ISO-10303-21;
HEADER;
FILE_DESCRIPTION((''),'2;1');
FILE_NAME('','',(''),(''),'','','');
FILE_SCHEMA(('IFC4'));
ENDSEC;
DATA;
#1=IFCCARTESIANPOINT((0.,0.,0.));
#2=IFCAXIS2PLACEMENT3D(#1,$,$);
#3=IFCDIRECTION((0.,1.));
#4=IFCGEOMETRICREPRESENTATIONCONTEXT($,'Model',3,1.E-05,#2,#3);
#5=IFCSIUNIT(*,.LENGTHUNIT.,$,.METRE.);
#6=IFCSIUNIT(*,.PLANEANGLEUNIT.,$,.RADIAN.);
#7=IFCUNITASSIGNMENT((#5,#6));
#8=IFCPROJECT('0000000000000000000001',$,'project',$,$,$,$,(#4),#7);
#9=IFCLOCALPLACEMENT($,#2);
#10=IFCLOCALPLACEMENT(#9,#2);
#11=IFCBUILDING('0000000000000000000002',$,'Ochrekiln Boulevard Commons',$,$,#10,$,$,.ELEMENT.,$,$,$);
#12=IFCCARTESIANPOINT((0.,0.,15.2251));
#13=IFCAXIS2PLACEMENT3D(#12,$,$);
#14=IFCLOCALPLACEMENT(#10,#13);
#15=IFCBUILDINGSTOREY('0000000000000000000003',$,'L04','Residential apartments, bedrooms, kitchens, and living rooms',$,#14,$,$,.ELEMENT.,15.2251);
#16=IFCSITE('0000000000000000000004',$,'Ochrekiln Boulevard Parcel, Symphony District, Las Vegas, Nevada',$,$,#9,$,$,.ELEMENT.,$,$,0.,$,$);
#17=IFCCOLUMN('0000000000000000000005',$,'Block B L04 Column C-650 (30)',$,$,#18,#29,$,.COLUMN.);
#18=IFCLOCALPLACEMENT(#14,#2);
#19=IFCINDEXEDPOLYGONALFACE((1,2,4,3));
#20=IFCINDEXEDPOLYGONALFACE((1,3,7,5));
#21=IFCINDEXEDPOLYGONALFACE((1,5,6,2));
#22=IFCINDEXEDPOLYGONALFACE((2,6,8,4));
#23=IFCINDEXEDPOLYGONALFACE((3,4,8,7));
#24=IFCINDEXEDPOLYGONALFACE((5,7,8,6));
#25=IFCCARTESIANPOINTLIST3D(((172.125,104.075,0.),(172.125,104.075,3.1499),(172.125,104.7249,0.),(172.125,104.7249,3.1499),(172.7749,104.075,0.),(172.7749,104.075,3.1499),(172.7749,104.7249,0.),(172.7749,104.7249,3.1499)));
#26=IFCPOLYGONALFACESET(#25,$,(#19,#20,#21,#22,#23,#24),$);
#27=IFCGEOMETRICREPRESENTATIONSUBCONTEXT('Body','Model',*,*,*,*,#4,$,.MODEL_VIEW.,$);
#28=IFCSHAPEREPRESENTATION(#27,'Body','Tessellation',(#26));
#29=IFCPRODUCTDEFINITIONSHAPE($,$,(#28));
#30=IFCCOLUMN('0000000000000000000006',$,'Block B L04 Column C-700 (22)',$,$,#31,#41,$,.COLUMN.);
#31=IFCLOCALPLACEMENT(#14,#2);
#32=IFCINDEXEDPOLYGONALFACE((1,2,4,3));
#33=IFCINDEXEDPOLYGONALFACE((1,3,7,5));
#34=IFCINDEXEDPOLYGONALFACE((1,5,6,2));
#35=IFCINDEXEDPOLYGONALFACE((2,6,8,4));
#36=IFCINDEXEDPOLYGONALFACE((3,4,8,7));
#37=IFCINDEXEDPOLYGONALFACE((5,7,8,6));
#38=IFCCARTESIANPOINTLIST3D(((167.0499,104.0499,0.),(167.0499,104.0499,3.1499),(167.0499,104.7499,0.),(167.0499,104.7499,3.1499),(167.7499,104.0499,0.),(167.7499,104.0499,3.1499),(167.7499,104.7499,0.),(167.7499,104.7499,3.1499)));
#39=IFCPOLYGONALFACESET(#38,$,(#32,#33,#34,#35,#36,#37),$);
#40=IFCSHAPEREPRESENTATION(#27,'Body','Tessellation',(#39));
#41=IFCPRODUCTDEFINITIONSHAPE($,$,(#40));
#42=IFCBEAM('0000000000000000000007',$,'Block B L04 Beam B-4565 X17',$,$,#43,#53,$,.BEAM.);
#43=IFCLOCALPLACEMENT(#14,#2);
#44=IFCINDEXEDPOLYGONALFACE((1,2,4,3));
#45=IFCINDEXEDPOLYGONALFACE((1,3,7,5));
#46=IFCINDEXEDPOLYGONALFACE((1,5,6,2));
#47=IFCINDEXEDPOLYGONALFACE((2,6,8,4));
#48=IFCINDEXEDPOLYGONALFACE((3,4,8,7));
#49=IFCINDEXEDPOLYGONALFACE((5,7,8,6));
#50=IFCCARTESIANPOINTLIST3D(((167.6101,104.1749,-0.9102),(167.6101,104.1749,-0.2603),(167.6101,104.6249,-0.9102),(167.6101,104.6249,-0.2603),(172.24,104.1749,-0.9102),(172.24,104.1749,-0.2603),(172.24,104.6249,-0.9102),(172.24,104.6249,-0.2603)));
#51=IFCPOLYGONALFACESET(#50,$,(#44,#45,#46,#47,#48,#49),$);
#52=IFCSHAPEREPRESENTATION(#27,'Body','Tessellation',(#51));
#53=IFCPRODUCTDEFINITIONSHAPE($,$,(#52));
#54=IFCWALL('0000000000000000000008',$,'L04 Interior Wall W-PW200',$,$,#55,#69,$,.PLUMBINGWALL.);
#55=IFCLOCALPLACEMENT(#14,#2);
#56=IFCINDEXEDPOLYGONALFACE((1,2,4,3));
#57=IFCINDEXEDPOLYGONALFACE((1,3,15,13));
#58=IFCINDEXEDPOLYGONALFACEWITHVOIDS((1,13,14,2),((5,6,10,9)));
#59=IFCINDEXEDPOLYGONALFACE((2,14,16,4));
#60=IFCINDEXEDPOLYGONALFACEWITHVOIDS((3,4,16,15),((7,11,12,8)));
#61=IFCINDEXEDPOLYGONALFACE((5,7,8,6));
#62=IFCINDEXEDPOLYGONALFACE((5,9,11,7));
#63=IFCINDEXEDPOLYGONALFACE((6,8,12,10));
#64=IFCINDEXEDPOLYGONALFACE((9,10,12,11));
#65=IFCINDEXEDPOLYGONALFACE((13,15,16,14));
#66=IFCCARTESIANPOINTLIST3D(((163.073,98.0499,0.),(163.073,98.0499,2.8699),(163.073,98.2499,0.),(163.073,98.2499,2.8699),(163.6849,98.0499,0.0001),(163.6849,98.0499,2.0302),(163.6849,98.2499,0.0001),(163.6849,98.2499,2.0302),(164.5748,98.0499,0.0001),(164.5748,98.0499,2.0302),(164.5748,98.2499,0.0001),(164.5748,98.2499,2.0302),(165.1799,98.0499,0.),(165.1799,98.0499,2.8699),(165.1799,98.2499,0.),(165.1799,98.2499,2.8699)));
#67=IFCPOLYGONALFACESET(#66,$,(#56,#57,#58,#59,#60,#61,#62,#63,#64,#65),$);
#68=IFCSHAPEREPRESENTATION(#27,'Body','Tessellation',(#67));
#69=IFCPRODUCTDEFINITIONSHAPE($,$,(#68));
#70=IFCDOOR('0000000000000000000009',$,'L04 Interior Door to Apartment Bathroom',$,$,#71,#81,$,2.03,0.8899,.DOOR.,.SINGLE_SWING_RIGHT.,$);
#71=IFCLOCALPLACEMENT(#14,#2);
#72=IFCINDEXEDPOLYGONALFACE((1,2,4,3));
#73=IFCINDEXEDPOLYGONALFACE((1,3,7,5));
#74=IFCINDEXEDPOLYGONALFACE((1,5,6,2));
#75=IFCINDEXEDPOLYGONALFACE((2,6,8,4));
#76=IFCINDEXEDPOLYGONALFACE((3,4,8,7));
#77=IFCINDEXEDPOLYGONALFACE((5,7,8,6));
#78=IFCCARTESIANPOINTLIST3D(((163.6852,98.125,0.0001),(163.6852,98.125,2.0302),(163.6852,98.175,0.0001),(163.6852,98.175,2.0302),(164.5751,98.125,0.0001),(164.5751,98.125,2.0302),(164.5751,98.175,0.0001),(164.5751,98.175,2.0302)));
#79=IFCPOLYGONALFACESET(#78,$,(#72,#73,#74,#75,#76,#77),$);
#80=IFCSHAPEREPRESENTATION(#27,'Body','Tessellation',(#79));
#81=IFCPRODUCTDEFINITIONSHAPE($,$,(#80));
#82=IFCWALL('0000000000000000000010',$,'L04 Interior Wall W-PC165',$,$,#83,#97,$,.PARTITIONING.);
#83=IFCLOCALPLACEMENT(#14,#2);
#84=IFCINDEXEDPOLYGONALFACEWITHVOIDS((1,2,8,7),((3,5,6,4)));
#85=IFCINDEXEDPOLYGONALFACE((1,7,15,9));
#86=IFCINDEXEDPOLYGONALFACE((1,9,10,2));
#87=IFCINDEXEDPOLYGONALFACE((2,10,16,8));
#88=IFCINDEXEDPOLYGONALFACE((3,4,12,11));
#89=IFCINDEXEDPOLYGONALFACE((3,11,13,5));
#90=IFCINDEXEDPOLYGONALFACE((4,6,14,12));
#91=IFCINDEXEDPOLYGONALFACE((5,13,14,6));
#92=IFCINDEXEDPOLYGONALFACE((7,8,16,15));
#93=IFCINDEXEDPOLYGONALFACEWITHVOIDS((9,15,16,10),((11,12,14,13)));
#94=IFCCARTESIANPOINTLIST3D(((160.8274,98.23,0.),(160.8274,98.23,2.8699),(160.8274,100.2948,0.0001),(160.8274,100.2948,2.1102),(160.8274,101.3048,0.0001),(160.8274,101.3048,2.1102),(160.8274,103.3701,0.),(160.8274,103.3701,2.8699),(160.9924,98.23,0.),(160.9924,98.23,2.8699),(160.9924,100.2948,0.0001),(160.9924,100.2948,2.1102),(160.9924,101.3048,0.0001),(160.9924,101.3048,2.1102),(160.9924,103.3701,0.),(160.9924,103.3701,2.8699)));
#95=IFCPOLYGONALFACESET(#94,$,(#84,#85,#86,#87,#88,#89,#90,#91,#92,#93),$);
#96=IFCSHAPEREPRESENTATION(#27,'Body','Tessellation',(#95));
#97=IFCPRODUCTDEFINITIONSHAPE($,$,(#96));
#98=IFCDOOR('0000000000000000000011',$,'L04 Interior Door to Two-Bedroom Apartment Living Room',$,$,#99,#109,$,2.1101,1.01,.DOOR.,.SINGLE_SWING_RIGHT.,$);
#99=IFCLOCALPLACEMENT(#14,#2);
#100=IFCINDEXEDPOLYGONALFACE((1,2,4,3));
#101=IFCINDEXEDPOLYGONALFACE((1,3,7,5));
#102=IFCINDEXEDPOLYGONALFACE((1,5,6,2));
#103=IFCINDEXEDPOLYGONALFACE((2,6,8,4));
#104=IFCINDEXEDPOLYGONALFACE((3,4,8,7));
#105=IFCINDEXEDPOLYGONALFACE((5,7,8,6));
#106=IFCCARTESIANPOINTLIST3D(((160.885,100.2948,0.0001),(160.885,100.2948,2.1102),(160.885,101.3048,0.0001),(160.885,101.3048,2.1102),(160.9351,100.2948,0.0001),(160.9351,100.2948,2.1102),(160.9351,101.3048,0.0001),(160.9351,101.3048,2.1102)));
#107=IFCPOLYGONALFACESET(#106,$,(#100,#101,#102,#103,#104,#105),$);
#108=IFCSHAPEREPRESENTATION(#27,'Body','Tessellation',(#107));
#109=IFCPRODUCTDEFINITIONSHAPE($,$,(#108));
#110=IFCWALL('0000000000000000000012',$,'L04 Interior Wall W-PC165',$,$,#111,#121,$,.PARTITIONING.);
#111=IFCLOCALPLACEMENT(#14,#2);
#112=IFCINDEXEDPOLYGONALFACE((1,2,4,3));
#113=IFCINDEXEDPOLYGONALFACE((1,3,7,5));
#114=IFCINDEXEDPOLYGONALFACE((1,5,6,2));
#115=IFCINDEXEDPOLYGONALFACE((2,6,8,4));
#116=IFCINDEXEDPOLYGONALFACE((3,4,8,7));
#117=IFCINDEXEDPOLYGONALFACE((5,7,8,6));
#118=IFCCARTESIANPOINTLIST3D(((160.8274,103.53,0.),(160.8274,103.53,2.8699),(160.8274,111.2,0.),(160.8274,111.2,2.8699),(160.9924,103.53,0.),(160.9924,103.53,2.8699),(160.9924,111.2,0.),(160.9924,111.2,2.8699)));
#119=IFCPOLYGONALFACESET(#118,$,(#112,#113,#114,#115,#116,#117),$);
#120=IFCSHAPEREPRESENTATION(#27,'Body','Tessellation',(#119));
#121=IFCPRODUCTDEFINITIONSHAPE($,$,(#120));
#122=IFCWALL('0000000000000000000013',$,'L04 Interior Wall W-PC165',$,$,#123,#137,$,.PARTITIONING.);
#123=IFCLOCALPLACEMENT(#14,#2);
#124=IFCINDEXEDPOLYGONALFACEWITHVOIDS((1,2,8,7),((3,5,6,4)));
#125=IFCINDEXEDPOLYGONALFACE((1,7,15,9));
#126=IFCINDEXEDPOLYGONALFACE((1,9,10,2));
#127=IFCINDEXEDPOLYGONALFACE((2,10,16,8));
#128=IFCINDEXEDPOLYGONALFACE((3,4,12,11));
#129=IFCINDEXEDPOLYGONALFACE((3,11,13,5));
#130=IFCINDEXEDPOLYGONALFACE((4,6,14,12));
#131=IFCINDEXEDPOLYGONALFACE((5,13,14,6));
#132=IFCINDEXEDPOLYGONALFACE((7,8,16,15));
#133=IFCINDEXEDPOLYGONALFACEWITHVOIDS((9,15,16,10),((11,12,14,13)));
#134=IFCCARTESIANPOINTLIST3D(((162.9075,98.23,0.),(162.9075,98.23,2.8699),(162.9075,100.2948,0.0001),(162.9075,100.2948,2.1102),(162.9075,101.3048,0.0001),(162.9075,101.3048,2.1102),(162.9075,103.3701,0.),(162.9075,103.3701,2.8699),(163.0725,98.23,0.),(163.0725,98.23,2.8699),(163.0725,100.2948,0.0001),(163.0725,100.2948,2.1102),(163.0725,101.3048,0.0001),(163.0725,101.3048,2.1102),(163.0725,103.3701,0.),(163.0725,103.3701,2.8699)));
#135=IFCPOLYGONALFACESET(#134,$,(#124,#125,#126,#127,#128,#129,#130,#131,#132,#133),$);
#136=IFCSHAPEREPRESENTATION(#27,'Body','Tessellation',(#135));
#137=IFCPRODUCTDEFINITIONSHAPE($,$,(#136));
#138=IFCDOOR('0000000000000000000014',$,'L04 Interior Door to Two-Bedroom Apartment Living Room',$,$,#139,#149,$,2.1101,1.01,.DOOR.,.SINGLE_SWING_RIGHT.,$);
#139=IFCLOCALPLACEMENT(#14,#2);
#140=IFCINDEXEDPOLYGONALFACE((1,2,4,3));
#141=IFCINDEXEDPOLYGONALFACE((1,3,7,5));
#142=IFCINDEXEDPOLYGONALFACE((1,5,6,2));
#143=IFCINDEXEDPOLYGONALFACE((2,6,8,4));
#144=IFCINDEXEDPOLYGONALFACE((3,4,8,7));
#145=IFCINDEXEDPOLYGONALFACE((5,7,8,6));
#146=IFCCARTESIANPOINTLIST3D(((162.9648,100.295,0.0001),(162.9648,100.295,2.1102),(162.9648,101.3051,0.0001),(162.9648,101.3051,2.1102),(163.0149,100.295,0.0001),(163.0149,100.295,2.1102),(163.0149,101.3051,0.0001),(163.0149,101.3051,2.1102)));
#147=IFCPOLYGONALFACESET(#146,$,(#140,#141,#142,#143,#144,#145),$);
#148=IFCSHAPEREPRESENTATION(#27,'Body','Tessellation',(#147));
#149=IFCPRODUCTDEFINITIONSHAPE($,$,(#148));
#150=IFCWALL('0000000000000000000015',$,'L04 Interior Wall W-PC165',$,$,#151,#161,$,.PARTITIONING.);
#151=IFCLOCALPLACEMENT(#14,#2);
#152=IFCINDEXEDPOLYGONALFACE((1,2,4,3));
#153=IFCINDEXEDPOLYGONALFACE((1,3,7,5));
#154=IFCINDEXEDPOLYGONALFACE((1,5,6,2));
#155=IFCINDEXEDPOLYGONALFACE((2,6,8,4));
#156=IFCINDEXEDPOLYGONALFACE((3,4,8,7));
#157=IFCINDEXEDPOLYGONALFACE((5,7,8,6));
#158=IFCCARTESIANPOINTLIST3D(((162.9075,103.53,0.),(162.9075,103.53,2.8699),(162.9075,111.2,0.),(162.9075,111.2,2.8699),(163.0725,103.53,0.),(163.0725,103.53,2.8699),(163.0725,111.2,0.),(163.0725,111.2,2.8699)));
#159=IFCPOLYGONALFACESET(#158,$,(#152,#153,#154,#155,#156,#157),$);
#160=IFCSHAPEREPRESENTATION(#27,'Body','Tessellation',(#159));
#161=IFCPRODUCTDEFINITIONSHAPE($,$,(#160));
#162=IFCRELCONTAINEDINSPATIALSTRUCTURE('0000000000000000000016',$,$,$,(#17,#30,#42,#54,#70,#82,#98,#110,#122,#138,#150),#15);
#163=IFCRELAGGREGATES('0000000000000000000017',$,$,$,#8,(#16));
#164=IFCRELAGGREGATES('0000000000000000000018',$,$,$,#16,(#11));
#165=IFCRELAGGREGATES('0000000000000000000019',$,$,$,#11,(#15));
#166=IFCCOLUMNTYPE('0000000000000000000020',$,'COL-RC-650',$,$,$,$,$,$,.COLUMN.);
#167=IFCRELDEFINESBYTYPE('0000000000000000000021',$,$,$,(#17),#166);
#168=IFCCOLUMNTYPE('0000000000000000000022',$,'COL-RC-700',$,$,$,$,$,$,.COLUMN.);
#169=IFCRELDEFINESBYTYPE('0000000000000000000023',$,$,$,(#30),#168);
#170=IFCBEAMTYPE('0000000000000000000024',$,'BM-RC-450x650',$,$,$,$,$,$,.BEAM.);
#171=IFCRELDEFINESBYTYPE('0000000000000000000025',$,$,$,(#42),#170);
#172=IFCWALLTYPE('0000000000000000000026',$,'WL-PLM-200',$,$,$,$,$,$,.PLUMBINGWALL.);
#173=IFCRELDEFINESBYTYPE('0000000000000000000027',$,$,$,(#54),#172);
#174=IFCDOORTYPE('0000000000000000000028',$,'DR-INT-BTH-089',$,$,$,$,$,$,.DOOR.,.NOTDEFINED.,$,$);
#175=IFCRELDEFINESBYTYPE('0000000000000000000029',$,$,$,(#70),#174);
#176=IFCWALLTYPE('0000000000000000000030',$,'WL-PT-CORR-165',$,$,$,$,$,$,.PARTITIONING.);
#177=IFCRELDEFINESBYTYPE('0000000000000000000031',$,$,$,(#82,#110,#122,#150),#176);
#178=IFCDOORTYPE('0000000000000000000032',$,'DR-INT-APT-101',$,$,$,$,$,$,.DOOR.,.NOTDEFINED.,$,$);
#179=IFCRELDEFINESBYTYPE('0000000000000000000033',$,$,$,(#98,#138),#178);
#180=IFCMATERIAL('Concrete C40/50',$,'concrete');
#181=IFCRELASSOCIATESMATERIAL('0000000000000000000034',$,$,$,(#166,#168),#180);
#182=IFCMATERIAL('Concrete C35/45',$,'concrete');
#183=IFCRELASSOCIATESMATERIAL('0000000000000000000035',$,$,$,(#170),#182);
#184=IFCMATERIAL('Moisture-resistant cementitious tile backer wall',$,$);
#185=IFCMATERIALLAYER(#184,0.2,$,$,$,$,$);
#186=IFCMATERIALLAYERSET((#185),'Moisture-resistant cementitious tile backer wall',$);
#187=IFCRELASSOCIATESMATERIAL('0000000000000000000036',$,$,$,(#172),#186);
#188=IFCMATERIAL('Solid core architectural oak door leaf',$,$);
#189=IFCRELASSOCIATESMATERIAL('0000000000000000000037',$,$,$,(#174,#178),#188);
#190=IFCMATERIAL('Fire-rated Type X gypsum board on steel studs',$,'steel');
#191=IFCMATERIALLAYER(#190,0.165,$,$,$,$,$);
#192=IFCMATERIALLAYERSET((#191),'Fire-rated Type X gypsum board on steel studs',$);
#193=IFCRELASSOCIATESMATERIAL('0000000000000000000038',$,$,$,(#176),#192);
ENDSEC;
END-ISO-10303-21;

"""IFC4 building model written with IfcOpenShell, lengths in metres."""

from ifc_helpers import new_model, si_unit, direction, frame, frame_2d, origin, origin_2d, place, context, subcontext, project, spatial, rectangle, extrude, material, layer, layer_set, material_profile, profile_set, type_object, element, fill, save


model = new_model("IFC4")

# Units and contexts
model_context = context("Model", 3, precision=1e-05, world=origin(), true_north=direction((0.0, 1.0)))
body_context = subcontext(model_context, "Body", "Model", "MODEL_VIEW")
ifc_project = project(units=[si_unit("LENGTHUNIT", "METRE"), si_unit("PLANEANGLEUNIT", "RADIAN")], contexts=[model_context])

# Site, building, storey
site_placement = place(None, origin())
site = spatial("IfcSite", under=ifc_project, at=site_placement, Name="Ochrekiln Boulevard Parcel, Symphony District, Las Vegas, Nevada", CompositionType="ELEMENT", RefElevation=0.0)
building_placement = place(site_placement, origin())
building = spatial("IfcBuilding", under=site, at=building_placement, Name="Ochrekiln Boulevard Commons", CompositionType="ELEMENT")
storey_placement = place(building_placement, frame((0.0, 0.0, 15.2251)))
storey = spatial("IfcBuildingStorey", under=building, at=storey_placement, Name="L04", Description="Residential apartments, bedrooms, kitchens, and living rooms", CompositionType="ELEMENT", Elevation=15.2251)

# Columns
ifc_material_1 = material(Name="Concrete C40/50", Category="concrete")
ifc_material_profile_1 = material_profile(ifc_material_1, rectangle(XDim=0.6499, YDim=0.6499, at=origin_2d()), Name="RC-COL-650x650")
ifc_profile_set_1 = profile_set([ifc_material_profile_1], Name="Concrete C40/50")
column_type_1 = type_object("IfcColumnType", Name="COL-RC-650", PredefinedType="COLUMN", material=ifc_profile_set_1)
column_1_placement = place(storey_placement, frame((172.45, 104.3999, 0.0), z_axis=(0.0, 0.0, 1.0), x_axis=(1.0, 0.0, 0.0)))
element("IfcColumn", 1, at=column_1_placement, inside=storey, type_object=column_type_1, Name="Block B L04 Column C-650 (30)", PredefinedType="COLUMN", context=body_context, shape_type="SweptSolid", body=[
    extrude(rectangle(XDim=0.6499, YDim=0.6499, at=origin_2d()), origin(), (0.0, 0.0, 1.0), 3.1499),
])
ifc_material_profile_2 = material_profile(ifc_material_1, rectangle(XDim=0.7, YDim=0.7, at=origin_2d()), Name="RC-COL-700x700")
ifc_profile_set_2 = profile_set([ifc_material_profile_2], Name="Concrete C40/50")
column_type_2 = type_object("IfcColumnType", Name="COL-RC-700", PredefinedType="COLUMN", material=ifc_profile_set_2)
column_2_placement = place(storey_placement, frame((167.3999, 104.3999, 0.0), z_axis=(0.0, 0.0, 1.0), x_axis=(1.0, 0.0, 0.0)))
element("IfcColumn", 2, at=column_2_placement, inside=storey, type_object=column_type_2, Name="Block B L04 Column C-700 (22)", PredefinedType="COLUMN", context=body_context, shape_type="SweptSolid", body=[
    extrude(rectangle(XDim=0.7, YDim=0.7, at=origin_2d()), origin(), (0.0, 0.0, 1.0), 3.1499),
])

# Beam
ifc_material_2 = material(Name="Concrete C35/45", Category="concrete")
ifc_material_profile_3 = material_profile(ifc_material_2, rectangle(XDim=0.45, YDim=0.6499, at=origin_2d()), Name="RC-BM-450x650")
ifc_profile_set_3 = profile_set([ifc_material_profile_3], Name="Concrete C35/45")
beam_type = type_object("IfcBeamType", Name="BM-RC-450x650", PredefinedType="BEAM", material=ifc_profile_set_3)
beam_placement = place(storey_placement, frame((167.6101, 104.3999, -0.5852), z_axis=(1.0, 0.0, 0.0), x_axis=(0.0, 1.0, 0.0)))
element("IfcBeam", 3, at=beam_placement, inside=storey, type_object=beam_type, Name="Block B L04 Beam B-4565 X17", PredefinedType="BEAM", context=body_context, shape_type="SweptSolid", body=[
    extrude(rectangle(XDim=0.45, YDim=0.6499, at=origin_2d()), origin(), (0.0, 0.0, 1.0), 4.6299),
])

# Walls, openings, doors
ifc_material_3 = material(Name="Moisture-resistant cementitious tile backer wall")
ifc_layer_1 = layer(ifc_material_3, 0.2)
ifc_layer_set_1 = layer_set([ifc_layer_1], Name="Moisture-resistant cementitious tile backer wall")
wall_type_1 = type_object("IfcWallType", Name="WL-PLM-200", PredefinedType="PLUMBINGWALL", material=ifc_layer_set_1)
wall_1_placement = place(storey_placement, frame((163.073, 98.1499, 0.0), z_axis=(0.0, 0.0, 1.0), x_axis=(1.0, 0.0, 0.0)))
wall_1 = element("IfcWall", 4, at=wall_1_placement, inside=storey, type_object=wall_type_1, Name="L04 Interior Wall W-PW200", PredefinedType="PLUMBINGWALL", context=body_context, shape_type="SweptSolid", body=[
    extrude(rectangle(XDim=2.1069, YDim=0.2, at=frame_2d((1.0535, 0.0))), origin(), (0.0, 0.0, 1.0), 2.8699),
])
opening_1_placement = place(wall_1_placement, frame((0.6121, 0.0, 0.0)))
opening_1 = element("IfcOpeningElement", 5, at=opening_1_placement, cuts=wall_1, PredefinedType="OPENING", context=body_context, shape_type="SweptSolid", body=[
    extrude(rectangle(XDim=0.8899, YDim=2.03, at=frame_2d((0.4448, 1.0151))), frame((0.0, 0.1099, 0.0), z_axis=(0.0, -1.0, 0.0), x_axis=(1.0, 0.0, 0.0)), (0.0, 0.0, 1.0), 0.22),
])
ifc_material_4 = material(Name="Solid core architectural oak door leaf")
door_type_1 = type_object("IfcDoorType", Name="DR-INT-BTH-089", OperationType="NOTDEFINED", PredefinedType="DOOR", material=ifc_material_4)
door_1_placement = place(opening_1_placement, frame((0.8899, 0.0, 0.0), z_axis=(0.0, 0.0, 1.0), x_axis=(-1.0, 0.0, 0.0)))
door_1 = element("IfcDoor", 6, at=door_1_placement, inside=storey, type_object=door_type_1, Name="L04 Interior Door to Apartment Bathroom", OperationType="SINGLE_SWING_RIGHT", OverallHeight=2.03, OverallWidth=0.8899, PredefinedType="DOOR", context=body_context, shape_type="SweptSolid", body=[
    extrude(rectangle(XDim=0.8899, YDim=2.03, at=frame_2d((0.4448, 1.0151))), frame((0.0, 0.0249, 0.0), z_axis=(0.0, -1.0, 0.0), x_axis=(1.0, 0.0, 0.0)), (0.0, 0.0, 1.0), 0.05),
])
fill(opening_1, door_1)
ifc_material_5 = material(Name="Fire-rated Type X gypsum board on steel studs", Category="steel")
ifc_layer_2 = layer(ifc_material_5, 0.165)
ifc_layer_set_2 = layer_set([ifc_layer_2], Name="Fire-rated Type X gypsum board on steel studs")
wall_type_2 = type_object("IfcWallType", Name="WL-PT-CORR-165", PredefinedType="PARTITIONING", material=ifc_layer_set_2)
wall_2_placement = place(storey_placement, frame((160.9099, 98.23, 0.0), z_axis=(0.0, 0.0, 1.0), x_axis=(0.0, 1.0, 0.0)))
wall_2 = element("IfcWall", 7, at=wall_2_placement, inside=storey, type_object=wall_type_2, Name="L04 Interior Wall W-PC165", PredefinedType="PARTITIONING", context=body_context, shape_type="SweptSolid", body=[
    extrude(rectangle(XDim=5.1401, YDim=0.165, at=frame_2d((2.5701, 0.0))), origin(), (0.0, 0.0, 1.0), 2.8699),
])
opening_2_placement = place(wall_2_placement, frame((2.0649, 0.0, 0.0)))
opening_2 = element("IfcOpeningElement", 8, at=opening_2_placement, cuts=wall_2, PredefinedType="OPENING", context=body_context, shape_type="SweptSolid", body=[
    extrude(rectangle(XDim=1.01, YDim=2.1101, at=frame_2d((0.5049, 1.0552))), frame((0.0, 0.0925, 0.0), z_axis=(0.0, -1.0, 0.0), x_axis=(1.0, 0.0, 0.0)), (0.0, 0.0, 1.0), 0.1851),
])
door_type_2 = type_object("IfcDoorType", Name="DR-INT-APT-101", OperationType="NOTDEFINED", PredefinedType="DOOR", material=ifc_material_4)
door_2_placement = place(opening_2_placement, origin())
door_2 = element("IfcDoor", 9, at=door_2_placement, inside=storey, type_object=door_type_2, Name="L04 Interior Door to Two-Bedroom Apartment Living Room", OperationType="SINGLE_SWING_RIGHT", OverallHeight=2.1101, OverallWidth=1.01, PredefinedType="DOOR", context=body_context, shape_type="SweptSolid", body=[
    extrude(rectangle(XDim=1.01, YDim=2.1101, at=frame_2d((0.5049, 1.0552))), frame((0.0, 0.0249, 0.0), z_axis=(0.0, -1.0, 0.0), x_axis=(1.0, 0.0, 0.0)), (0.0, 0.0, 1.0), 0.05),
])
fill(opening_2, door_2)

# Wall
wall_3_placement = place(storey_placement, frame((160.9099, 103.53, 0.0), z_axis=(0.0, 0.0, 1.0), x_axis=(0.0, 1.0, 0.0)))
element("IfcWall", 10, at=wall_3_placement, inside=storey, type_object=wall_type_2, Name="L04 Interior Wall W-PC165", PredefinedType="PARTITIONING", context=body_context, shape_type="SweptSolid", body=[
    extrude(rectangle(XDim=7.6699, YDim=0.165, at=frame_2d((3.835, 0.0))), origin(), (0.0, 0.0, 1.0), 2.8699),
])

# Wall, opening, door
wall_4_placement = place(storey_placement, frame((162.99, 98.23, 0.0), z_axis=(0.0, 0.0, 1.0), x_axis=(0.0, 1.0, 0.0)))
wall_4 = element("IfcWall", 11, at=wall_4_placement, inside=storey, type_object=wall_type_2, Name="L04 Interior Wall W-PC165", PredefinedType="PARTITIONING", context=body_context, shape_type="SweptSolid", body=[
    extrude(rectangle(XDim=5.1401, YDim=0.165, at=frame_2d((2.5701, 0.0))), origin(), (0.0, 0.0, 1.0), 2.8699),
])
opening_3_placement = place(wall_4_placement, frame((2.0649, 0.0, 0.0)))
opening_3 = element("IfcOpeningElement", 12, at=opening_3_placement, cuts=wall_4, PredefinedType="OPENING", context=body_context, shape_type="SweptSolid", body=[
    extrude(rectangle(XDim=1.01, YDim=2.1101, at=frame_2d((0.5049, 1.0552))), frame((0.0, 0.0925, 0.0), z_axis=(0.0, -1.0, 0.0), x_axis=(1.0, 0.0, 0.0)), (0.0, 0.0, 1.0), 0.1851),
])
door_3_placement = place(opening_3_placement, frame((1.01, 0.0, 0.0), z_axis=(0.0, 0.0, 1.0), x_axis=(-1.0, 0.0, 0.0)))
door_3 = element("IfcDoor", 13, at=door_3_placement, inside=storey, type_object=door_type_2, Name="L04 Interior Door to Two-Bedroom Apartment Living Room", OperationType="SINGLE_SWING_RIGHT", OverallHeight=2.1101, OverallWidth=1.01, PredefinedType="DOOR", context=body_context, shape_type="SweptSolid", body=[
    extrude(rectangle(XDim=1.01, YDim=2.1101, at=frame_2d((0.5049, 1.0552))), frame((0.0, 0.0249, 0.0), z_axis=(0.0, -1.0, 0.0), x_axis=(1.0, 0.0, 0.0)), (0.0, 0.0, 1.0), 0.05),
])
fill(opening_3, door_3)

# Wall
wall_5_placement = place(storey_placement, frame((162.99, 103.53, 0.0), z_axis=(0.0, 0.0, 1.0), x_axis=(0.0, 1.0, 0.0)))
element("IfcWall", 14, at=wall_5_placement, inside=storey, type_object=wall_type_2, Name="L04 Interior Wall W-PC165", PredefinedType="PARTITIONING", context=body_context, shape_type="SweptSolid", body=[
    extrude(rectangle(XDim=7.6699, YDim=0.165, at=frame_2d((3.835, 0.0))), origin(), (0.0, 0.0, 1.0), 2.8699),
])

save(model, "model.ifc")
